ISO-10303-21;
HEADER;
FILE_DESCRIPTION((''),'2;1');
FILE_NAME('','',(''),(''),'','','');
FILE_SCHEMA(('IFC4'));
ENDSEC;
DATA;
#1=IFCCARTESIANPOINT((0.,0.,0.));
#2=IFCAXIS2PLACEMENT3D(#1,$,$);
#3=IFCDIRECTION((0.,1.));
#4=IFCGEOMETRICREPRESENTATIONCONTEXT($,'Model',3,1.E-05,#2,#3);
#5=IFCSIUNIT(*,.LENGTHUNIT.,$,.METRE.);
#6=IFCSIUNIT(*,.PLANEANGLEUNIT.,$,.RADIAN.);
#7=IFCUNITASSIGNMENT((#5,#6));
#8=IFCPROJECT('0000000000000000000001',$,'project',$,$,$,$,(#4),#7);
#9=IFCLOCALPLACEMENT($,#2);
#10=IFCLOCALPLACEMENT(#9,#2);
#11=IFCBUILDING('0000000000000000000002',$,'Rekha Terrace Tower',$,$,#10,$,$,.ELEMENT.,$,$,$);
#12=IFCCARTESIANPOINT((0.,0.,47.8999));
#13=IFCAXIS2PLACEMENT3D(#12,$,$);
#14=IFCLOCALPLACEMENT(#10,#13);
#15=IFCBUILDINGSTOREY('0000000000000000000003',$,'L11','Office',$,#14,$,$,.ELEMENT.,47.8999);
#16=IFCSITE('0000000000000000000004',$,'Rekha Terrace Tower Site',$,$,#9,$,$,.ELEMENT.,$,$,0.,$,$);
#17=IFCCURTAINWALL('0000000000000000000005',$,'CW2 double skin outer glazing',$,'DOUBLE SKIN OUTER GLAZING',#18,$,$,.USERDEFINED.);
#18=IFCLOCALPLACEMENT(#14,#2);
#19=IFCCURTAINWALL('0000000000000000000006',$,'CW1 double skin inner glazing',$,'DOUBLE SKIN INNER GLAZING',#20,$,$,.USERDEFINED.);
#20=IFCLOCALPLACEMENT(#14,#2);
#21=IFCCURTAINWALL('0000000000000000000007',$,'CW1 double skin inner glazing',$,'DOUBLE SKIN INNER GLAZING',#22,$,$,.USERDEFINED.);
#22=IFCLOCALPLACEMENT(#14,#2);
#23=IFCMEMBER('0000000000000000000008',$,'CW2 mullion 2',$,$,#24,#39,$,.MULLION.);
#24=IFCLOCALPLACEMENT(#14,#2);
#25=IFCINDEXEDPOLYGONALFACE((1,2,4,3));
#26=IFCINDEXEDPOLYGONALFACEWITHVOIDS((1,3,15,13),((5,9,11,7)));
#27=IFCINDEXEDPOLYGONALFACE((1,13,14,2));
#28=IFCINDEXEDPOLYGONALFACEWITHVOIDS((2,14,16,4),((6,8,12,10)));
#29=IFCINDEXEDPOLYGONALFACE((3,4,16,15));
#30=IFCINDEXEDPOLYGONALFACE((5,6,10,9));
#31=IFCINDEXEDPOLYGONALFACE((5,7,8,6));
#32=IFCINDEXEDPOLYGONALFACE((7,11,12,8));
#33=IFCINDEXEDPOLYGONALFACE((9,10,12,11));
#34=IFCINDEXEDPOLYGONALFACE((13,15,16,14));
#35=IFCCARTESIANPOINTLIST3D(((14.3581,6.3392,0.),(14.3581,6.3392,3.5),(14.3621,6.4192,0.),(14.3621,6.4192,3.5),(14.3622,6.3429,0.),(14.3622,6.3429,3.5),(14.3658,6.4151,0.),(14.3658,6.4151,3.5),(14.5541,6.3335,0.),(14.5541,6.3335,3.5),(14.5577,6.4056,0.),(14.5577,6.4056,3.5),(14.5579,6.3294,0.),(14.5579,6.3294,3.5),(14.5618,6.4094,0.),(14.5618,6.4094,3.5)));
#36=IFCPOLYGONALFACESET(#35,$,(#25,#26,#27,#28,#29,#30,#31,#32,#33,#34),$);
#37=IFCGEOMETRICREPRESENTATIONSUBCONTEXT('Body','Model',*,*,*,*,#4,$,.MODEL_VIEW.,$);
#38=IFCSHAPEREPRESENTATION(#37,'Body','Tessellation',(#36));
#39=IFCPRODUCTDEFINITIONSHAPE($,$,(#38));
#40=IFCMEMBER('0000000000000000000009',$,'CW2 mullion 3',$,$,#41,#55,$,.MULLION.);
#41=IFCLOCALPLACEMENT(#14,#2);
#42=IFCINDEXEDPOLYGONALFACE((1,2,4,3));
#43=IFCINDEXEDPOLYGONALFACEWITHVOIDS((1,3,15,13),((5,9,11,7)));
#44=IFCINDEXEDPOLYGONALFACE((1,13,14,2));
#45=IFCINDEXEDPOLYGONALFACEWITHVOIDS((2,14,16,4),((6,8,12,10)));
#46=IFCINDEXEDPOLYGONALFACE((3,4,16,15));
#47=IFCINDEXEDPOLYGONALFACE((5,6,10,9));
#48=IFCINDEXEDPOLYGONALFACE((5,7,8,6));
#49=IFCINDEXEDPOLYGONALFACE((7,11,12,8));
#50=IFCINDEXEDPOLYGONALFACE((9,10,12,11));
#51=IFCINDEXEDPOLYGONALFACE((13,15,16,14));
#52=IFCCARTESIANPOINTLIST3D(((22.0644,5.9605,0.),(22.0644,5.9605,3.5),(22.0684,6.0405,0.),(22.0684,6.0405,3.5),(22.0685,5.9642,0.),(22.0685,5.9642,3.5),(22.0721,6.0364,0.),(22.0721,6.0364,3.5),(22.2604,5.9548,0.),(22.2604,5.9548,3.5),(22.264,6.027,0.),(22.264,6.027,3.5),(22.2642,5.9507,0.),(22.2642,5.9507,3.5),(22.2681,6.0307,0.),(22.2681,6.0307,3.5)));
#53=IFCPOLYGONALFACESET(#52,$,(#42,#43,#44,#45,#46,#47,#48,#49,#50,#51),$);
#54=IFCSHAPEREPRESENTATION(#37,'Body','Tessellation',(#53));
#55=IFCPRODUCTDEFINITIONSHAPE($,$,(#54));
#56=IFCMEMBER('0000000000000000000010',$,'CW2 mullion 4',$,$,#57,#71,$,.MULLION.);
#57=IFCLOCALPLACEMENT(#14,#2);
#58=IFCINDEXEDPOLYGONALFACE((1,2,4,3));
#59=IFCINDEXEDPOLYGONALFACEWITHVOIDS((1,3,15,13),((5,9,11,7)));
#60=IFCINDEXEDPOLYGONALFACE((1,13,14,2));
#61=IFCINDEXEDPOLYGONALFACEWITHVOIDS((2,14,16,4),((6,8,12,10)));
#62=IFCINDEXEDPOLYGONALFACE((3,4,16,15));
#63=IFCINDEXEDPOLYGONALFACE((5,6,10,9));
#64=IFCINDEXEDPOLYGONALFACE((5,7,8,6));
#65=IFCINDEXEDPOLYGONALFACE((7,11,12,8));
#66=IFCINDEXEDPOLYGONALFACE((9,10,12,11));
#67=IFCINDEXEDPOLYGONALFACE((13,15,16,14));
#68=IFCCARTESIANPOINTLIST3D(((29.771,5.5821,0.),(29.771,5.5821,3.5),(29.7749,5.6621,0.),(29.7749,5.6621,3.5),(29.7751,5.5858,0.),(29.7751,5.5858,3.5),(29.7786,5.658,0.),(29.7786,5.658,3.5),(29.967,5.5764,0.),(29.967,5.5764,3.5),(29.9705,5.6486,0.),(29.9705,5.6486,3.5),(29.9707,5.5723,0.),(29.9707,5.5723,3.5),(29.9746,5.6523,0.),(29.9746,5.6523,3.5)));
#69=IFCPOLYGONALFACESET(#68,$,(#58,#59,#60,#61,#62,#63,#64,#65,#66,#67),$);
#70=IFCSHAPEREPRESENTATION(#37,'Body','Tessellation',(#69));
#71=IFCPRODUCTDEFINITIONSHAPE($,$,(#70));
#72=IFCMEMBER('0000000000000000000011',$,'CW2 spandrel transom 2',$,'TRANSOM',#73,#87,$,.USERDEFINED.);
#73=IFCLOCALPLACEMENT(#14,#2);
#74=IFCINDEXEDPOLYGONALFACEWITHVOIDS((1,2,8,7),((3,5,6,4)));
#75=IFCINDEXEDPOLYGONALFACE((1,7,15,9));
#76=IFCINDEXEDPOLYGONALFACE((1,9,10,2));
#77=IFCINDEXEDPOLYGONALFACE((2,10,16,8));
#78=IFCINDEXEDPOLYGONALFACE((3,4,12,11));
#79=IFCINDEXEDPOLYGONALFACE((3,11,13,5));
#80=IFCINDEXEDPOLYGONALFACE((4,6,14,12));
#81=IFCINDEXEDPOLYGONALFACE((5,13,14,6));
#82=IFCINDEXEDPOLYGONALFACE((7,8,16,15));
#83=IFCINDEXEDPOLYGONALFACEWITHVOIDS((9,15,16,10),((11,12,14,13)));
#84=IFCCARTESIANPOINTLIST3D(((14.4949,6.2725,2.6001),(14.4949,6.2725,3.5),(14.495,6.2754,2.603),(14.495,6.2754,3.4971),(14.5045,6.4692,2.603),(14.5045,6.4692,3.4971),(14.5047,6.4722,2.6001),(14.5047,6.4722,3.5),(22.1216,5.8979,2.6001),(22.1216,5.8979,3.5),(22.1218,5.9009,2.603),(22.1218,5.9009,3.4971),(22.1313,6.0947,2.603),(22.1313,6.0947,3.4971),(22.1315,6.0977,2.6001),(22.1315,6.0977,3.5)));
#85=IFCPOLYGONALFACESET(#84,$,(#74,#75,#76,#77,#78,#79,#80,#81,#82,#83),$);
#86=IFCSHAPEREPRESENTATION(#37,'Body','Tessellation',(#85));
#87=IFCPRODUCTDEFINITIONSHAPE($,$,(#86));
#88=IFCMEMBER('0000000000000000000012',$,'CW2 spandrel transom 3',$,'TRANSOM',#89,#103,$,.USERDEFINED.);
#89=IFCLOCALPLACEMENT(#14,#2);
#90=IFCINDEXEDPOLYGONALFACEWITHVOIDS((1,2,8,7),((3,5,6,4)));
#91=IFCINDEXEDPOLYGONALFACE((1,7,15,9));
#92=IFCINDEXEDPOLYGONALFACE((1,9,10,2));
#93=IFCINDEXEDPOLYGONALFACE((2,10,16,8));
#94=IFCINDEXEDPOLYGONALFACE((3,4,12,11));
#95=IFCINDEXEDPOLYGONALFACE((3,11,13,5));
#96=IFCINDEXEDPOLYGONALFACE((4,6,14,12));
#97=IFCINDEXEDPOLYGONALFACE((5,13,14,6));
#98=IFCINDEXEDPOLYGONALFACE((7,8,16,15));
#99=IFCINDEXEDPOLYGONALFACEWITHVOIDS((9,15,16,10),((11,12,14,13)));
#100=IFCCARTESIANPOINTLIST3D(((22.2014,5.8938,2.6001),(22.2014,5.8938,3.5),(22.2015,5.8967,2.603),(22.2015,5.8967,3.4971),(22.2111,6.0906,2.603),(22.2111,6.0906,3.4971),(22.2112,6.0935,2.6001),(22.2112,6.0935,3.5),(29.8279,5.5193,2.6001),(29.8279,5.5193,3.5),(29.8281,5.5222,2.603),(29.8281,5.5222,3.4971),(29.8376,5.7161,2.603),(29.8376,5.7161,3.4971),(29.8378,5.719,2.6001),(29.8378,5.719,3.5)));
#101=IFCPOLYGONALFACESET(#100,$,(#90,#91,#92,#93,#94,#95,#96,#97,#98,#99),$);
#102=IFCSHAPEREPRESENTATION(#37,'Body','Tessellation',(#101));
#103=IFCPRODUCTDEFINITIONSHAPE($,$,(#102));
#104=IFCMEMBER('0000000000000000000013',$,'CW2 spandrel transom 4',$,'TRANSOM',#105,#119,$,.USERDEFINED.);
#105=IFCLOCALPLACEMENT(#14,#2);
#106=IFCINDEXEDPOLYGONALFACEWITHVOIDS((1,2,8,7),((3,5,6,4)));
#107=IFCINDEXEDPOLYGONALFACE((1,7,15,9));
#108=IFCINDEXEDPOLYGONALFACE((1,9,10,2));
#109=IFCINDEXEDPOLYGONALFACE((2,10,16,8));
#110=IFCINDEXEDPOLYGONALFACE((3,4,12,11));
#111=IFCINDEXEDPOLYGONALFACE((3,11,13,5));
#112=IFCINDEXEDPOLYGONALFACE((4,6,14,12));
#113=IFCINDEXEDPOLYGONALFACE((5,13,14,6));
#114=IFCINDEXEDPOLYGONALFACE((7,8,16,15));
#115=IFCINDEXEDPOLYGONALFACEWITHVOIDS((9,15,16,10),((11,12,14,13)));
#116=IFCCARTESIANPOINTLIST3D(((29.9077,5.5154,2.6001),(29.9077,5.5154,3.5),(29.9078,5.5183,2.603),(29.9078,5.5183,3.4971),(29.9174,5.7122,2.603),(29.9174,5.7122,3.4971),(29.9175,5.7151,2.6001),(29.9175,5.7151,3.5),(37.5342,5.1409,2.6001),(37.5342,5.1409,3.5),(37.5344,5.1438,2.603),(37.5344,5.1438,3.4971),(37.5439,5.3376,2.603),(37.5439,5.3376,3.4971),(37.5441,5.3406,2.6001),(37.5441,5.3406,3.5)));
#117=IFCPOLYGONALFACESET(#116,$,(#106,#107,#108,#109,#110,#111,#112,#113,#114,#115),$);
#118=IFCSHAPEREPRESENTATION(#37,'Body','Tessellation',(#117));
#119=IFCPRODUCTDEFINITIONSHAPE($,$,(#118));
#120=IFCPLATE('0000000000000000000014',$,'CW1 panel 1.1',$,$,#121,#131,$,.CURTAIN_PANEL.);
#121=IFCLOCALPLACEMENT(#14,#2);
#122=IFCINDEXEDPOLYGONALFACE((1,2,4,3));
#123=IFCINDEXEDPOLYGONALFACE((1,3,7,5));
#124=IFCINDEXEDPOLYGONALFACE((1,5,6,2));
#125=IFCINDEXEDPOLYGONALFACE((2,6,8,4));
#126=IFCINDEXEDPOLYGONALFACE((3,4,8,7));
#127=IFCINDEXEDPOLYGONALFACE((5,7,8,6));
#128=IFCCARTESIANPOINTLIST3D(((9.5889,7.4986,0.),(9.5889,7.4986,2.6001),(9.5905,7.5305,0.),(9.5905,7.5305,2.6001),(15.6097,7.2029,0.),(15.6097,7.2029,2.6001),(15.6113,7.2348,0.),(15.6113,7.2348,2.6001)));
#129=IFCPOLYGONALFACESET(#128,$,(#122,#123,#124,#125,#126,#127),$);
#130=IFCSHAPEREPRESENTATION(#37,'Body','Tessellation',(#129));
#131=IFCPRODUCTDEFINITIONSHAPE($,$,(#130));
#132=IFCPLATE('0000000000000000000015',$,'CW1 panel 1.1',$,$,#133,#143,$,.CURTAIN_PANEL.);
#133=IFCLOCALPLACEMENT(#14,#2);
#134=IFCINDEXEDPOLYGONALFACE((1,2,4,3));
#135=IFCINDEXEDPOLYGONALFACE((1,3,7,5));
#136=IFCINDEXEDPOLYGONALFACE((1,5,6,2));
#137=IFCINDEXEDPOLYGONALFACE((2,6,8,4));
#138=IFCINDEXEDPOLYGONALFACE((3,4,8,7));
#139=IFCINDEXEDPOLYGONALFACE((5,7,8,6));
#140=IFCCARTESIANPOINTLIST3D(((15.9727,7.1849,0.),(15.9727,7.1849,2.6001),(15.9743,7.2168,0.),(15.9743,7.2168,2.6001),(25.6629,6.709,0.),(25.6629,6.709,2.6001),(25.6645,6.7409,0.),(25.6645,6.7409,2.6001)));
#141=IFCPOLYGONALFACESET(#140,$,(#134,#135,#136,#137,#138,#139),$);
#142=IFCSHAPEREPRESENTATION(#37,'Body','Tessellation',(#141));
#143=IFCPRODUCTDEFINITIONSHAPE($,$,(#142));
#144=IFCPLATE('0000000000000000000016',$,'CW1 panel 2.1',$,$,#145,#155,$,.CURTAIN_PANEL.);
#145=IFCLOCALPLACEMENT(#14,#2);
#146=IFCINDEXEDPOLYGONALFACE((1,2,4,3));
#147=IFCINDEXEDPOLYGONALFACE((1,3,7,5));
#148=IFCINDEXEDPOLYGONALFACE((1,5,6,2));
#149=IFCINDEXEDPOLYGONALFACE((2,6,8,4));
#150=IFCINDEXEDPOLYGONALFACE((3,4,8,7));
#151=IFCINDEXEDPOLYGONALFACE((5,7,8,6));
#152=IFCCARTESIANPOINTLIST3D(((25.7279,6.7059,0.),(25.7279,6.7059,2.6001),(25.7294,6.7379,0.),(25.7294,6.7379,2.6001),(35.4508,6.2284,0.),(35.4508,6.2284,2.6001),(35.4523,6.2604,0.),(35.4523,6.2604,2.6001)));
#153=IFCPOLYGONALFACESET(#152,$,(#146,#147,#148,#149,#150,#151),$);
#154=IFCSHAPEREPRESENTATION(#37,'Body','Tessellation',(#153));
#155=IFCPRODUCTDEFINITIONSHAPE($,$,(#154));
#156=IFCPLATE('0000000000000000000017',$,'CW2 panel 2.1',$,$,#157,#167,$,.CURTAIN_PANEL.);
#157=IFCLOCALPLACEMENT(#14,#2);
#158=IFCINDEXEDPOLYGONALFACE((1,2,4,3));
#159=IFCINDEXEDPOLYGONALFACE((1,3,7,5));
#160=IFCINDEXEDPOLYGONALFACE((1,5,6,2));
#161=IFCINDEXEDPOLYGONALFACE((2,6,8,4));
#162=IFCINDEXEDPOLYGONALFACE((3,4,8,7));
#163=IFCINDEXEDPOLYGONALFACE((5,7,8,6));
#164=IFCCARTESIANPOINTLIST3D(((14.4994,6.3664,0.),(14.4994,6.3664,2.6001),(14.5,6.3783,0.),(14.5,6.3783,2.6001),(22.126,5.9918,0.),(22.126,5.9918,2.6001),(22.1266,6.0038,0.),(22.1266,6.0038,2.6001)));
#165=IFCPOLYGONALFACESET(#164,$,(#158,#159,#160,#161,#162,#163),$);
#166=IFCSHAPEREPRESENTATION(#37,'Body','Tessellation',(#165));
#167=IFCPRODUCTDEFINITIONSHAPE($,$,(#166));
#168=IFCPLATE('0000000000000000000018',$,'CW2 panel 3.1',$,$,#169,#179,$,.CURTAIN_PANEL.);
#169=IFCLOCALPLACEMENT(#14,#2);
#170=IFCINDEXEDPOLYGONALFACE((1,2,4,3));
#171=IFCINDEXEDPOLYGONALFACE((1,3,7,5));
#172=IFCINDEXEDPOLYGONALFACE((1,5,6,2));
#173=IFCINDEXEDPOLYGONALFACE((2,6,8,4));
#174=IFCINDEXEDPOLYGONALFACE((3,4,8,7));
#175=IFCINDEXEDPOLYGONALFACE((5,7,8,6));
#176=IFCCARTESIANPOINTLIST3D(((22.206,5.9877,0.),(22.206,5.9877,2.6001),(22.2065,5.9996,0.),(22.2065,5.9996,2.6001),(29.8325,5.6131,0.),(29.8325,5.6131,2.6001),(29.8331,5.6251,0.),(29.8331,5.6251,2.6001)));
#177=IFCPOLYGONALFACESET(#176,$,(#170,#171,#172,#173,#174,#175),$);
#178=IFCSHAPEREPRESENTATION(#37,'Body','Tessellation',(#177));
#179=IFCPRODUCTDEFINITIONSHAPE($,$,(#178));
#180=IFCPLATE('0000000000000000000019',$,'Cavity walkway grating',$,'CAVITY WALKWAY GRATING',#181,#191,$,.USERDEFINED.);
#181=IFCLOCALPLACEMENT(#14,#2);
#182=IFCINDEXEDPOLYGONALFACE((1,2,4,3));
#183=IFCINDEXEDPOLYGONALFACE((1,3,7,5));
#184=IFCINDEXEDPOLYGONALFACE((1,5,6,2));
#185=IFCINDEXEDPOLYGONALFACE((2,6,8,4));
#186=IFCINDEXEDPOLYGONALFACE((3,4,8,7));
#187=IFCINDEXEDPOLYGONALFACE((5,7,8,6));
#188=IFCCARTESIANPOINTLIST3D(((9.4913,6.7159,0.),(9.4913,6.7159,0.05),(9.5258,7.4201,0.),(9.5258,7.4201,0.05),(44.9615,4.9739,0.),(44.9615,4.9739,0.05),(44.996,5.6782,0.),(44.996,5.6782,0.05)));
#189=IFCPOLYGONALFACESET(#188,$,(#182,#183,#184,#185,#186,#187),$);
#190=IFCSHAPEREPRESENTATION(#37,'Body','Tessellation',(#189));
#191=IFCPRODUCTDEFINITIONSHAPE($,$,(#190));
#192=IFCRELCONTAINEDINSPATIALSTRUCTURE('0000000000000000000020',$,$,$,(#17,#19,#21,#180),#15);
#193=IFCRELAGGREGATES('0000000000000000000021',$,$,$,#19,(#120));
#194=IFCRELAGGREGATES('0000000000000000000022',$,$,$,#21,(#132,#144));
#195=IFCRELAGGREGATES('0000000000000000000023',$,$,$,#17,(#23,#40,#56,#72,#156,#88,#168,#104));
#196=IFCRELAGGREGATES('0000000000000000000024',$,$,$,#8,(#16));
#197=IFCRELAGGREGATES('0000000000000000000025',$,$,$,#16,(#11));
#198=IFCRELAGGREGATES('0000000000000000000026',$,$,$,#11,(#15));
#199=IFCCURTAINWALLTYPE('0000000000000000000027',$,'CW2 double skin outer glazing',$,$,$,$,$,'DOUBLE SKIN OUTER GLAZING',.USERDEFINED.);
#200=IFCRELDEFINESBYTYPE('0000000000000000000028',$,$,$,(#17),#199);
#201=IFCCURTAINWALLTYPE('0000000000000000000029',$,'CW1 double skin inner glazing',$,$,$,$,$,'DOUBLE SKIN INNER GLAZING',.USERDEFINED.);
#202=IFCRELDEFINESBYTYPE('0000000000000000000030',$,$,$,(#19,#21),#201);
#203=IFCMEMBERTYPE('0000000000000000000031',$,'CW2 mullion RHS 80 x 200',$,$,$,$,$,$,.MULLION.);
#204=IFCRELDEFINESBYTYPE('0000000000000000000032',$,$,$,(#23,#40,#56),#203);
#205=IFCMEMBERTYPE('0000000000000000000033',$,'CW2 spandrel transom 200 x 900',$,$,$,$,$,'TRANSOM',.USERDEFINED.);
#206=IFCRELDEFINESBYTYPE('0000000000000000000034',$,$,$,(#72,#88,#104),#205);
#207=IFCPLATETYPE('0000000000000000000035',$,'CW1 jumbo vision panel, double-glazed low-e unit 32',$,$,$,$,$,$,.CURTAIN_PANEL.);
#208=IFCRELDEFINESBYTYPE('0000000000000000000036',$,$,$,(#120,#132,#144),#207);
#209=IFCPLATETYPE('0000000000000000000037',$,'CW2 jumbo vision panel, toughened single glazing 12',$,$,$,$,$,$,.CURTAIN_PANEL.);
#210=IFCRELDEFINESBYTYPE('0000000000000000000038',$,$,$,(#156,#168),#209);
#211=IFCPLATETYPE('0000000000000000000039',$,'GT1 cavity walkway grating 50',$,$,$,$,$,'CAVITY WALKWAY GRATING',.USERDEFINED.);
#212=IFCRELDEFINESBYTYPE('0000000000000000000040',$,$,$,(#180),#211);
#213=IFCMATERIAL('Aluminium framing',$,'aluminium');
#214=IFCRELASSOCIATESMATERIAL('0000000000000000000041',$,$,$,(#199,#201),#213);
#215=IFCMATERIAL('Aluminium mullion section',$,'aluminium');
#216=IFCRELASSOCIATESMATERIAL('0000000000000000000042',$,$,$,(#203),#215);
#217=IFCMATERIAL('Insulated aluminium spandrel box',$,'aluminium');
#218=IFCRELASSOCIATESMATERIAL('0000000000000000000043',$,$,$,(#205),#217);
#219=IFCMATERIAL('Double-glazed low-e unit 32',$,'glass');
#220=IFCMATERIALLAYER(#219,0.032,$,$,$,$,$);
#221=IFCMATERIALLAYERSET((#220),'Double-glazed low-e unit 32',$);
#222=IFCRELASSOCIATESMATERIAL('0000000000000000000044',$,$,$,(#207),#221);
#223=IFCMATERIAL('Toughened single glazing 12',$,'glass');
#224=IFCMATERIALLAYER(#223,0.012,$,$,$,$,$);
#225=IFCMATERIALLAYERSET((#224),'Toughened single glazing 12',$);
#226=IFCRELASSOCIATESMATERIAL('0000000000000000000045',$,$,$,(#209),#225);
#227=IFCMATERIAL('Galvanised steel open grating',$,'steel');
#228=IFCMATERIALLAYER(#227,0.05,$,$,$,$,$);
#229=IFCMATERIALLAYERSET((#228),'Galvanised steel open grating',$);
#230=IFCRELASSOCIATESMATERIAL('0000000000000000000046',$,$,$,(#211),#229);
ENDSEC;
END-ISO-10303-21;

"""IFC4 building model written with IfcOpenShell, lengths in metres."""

from ifc_helpers import new_model, si_unit, direction, frame, origin, origin_2d, place, context, subcontext, project, spatial, rectangle, hollow_rectangle, extrude, material, layer, layer_set, material_profile, profile_set, type_object, element, aggregate, save


model = new_model("IFC4")

# Units and contexts
model_context = context("Model", 3, precision=1e-05, world=origin(), true_north=direction((0.0, 1.0)))
body_context = subcontext(model_context, "Body", "Model", "MODEL_VIEW")
ifc_project = project(units=[si_unit("LENGTHUNIT", "METRE"), si_unit("PLANEANGLEUNIT", "RADIAN")], contexts=[model_context])

# Site, building, storey
site_placement = place(None, origin())
site = spatial("IfcSite", under=ifc_project, at=site_placement, Name="Rekha Terrace Tower Site", CompositionType="ELEMENT", RefElevation=0.0)
building_placement = place(site_placement, origin())
building = spatial("IfcBuilding", under=site, at=building_placement, Name="Rekha Terrace Tower", CompositionType="ELEMENT")
storey_placement = place(building_placement, frame((0.0, 0.0, 47.8999)))
storey = spatial("IfcBuildingStorey", under=building, at=storey_placement, Name="L11", Description="Office", CompositionType="ELEMENT", Elevation=47.8999)

# Curtain wall
ifc_material_1 = material(Name="Aluminium framing", Category="aluminium")
curtain_wall_type_1 = type_object("IfcCurtainWallType", Name="CW2 double skin outer glazing", ElementType="DOUBLE SKIN OUTER GLAZING", PredefinedType="USERDEFINED", material=ifc_material_1)
curtain_wall_1_placement = place(storey_placement, origin())
curtain_wall_1 = element("IfcCurtainWall", 1, at=curtain_wall_1_placement, inside=storey, type_object=curtain_wall_type_1, Name="CW2 double skin outer glazing", ObjectType="DOUBLE SKIN OUTER GLAZING", PredefinedType="USERDEFINED")

# Curtain wall
curtain_wall_type_2 = type_object("IfcCurtainWallType", Name="CW1 double skin inner glazing", ElementType="DOUBLE SKIN INNER GLAZING", PredefinedType="USERDEFINED", material=ifc_material_1)
curtain_wall_2_placement = place(storey_placement, origin())
curtain_wall_2 = element("IfcCurtainWall", 2, at=curtain_wall_2_placement, inside=storey, type_object=curtain_wall_type_2, Name="CW1 double skin inner glazing", ObjectType="DOUBLE SKIN INNER GLAZING", PredefinedType="USERDEFINED")
ifc_material_2 = material(Name="Aluminium mullion section", Category="aluminium")

# Curtain wall
curtain_wall_3_placement = place(storey_placement, origin())
curtain_wall_3 = element("IfcCurtainWall", 3, at=curtain_wall_3_placement, inside=storey, type_object=curtain_wall_type_2, Name="CW1 double skin inner glazing", ObjectType="DOUBLE SKIN INNER GLAZING", PredefinedType="USERDEFINED")
ifc_material_3 = material(Name="Insulated aluminium spandrel box", Category="aluminium")

# Members
ifc_material_profile_1 = material_profile(ifc_material_2, hollow_rectangle(XDim=0.0801, YDim=0.2, WallThickness=0.0039, at=origin_2d()), Name="AL RHS 80x200")
ifc_profile_set_1 = profile_set([ifc_material_profile_1], Name="Aluminium mullion section")
member_type_1 = type_object("IfcMemberType", Name="CW2 mullion RHS 80 x 200", PredefinedType="MULLION", material=ifc_profile_set_1)
member_1_placement = place(storey_placement, frame((14.46, 6.3743, 0.0), z_axis=(0.0, 0.0, 1.0), x_axis=(0.049052, 0.998796, 0.0)))
member_1 = element("IfcMember", 4, at=member_1_placement, type_object=member_type_1, Name="CW2 mullion 2", PredefinedType="MULLION", context=body_context, shape_type="SweptSolid", body=[
    extrude(hollow_rectangle(XDim=0.0801, YDim=0.2, WallThickness=0.0039, at=origin_2d()), origin(), (0.0, 0.0, 1.0), 3.5),
])
member_2_placement = place(storey_placement, frame((22.1663, 5.9956, 0.0), z_axis=(0.0, 0.0, 1.0), x_axis=(0.049052, 0.998796, 0.0)))
member_2 = element("IfcMember", 5, at=member_2_placement, type_object=member_type_1, Name="CW2 mullion 3", PredefinedType="MULLION", context=body_context, shape_type="SweptSolid", body=[
    extrude(hollow_rectangle(XDim=0.0801, YDim=0.2, WallThickness=0.0039, at=origin_2d()), origin(), (0.0, 0.0, 1.0), 3.5),
])
member_3_placement = place(storey_placement, frame((29.8728, 5.6172, 0.0), z_axis=(0.0, 0.0, 1.0), x_axis=(0.049052, 0.998796, 0.0)))
member_3 = element("IfcMember", 6, at=member_3_placement, type_object=member_type_1, Name="CW2 mullion 4", PredefinedType="MULLION", context=body_context, shape_type="SweptSolid", body=[
    extrude(hollow_rectangle(XDim=0.0801, YDim=0.2, WallThickness=0.0039, at=origin_2d()), origin(), (0.0, 0.0, 1.0), 3.5),
])
ifc_material_profile_2 = material_profile(ifc_material_3, hollow_rectangle(XDim=0.2, YDim=0.8999, WallThickness=0.0029, at=origin_2d()), Name="AL SPANDREL BOX 200x900")
ifc_profile_set_2 = profile_set([ifc_material_profile_2], Name="Insulated aluminium spandrel box")
member_type_2 = type_object("IfcMemberType", Name="CW2 spandrel transom 200 x 900", ElementType="TRANSOM", PredefinedType="USERDEFINED", material=ifc_profile_set_2)
member_4_placement = place(storey_placement, frame((14.4998, 6.3723, 3.05), z_axis=(0.998797, -0.049046, 0.0), x_axis=(0.049046, 0.998797, 0.0)))
member_4 = element("IfcMember", 7, at=member_4_placement, type_object=member_type_2, Name="CW2 spandrel transom 2", ObjectType="TRANSOM", PredefinedType="USERDEFINED", context=body_context, shape_type="SweptSolid", body=[
    extrude(hollow_rectangle(XDim=0.2, YDim=0.8999, WallThickness=0.0029, at=origin_2d()), origin(), (0.0, 0.0, 1.0), 7.636),
])
member_5_placement = place(storey_placement, frame((22.2063, 5.9937, 3.05), z_axis=(0.998796, -0.049048, 0.0), x_axis=(0.049048, 0.998796, 0.0)))
member_5 = element("IfcMember", 8, at=member_5_placement, type_object=member_type_2, Name="CW2 spandrel transom 3", ObjectType="TRANSOM", PredefinedType="USERDEFINED", context=body_context, shape_type="SweptSolid", body=[
    extrude(hollow_rectangle(XDim=0.2, YDim=0.8999, WallThickness=0.0029, at=origin_2d()), origin(), (0.0, 0.0, 1.0), 7.6357),
])
member_6_placement = place(storey_placement, frame((29.9126, 5.6152, 3.05), z_axis=(0.998796, -0.049048, 0.0), x_axis=(0.049048, 0.998796, 0.0)))
member_6 = element("IfcMember", 9, at=member_6_placement, type_object=member_type_2, Name="CW2 spandrel transom 4", ObjectType="TRANSOM", PredefinedType="USERDEFINED", context=body_context, shape_type="SweptSolid", body=[
    extrude(hollow_rectangle(XDim=0.2, YDim=0.8999, WallThickness=0.0029, at=origin_2d()), origin(), (0.0, 0.0, 1.0), 7.6357),
])

# Plates
ifc_material_4 = material(Name="Double-glazed low-e unit 32", Category="glass")
ifc_layer_1 = layer(ifc_material_4, 0.032)
ifc_layer_set_1 = layer_set([ifc_layer_1], Name="Double-glazed low-e unit 32")
plate_type_1 = type_object("IfcPlateType", Name="CW1 jumbo vision panel, double-glazed low-e unit 32", PredefinedType="CURTAIN_PANEL", material=ifc_layer_set_1)
plate_1_placement = place(storey_placement, frame((12.6001, 7.3667, 0.0), z_axis=(0.0, 0.0, 1.0), x_axis=(0.998796, -0.049052, 0.0)))
plate_1 = element("IfcPlate", 10, at=plate_1_placement, type_object=plate_type_1, Name="CW1 panel 1.1", PredefinedType="CURTAIN_PANEL", context=body_context, shape_type="SweptSolid", body=[
    extrude(rectangle(XDim=6.0281, YDim=0.032, at=origin_2d()), origin(), (0.0, 0.0, 1.0), 2.6001),
])
aggregate(curtain_wall_2, [plate_1])
plate_2_placement = place(storey_placement, frame((20.8186, 6.9629, 0.0), z_axis=(0.0, 0.0, 1.0), x_axis=(0.998796, -0.049052, 0.0)))
plate_2 = element("IfcPlate", 11, at=plate_2_placement, type_object=plate_type_1, Name="CW1 panel 1.1", PredefinedType="CURTAIN_PANEL", context=body_context, shape_type="SweptSolid", body=[
    extrude(rectangle(XDim=9.7019, YDim=0.032, at=origin_2d()), origin(), (0.0, 0.0, 1.0), 2.6001),
])
plate_3_placement = place(storey_placement, frame((30.5901, 6.4832, 0.0), z_axis=(0.0, 0.0, 1.0), x_axis=(0.998796, -0.049052, 0.0)))
plate_3 = element("IfcPlate", 12, at=plate_3_placement, type_object=plate_type_1, Name="CW1 panel 2.1", PredefinedType="CURTAIN_PANEL", context=body_context, shape_type="SweptSolid", body=[
    extrude(rectangle(XDim=9.7346, YDim=0.032, at=origin_2d()), origin(), (0.0, 0.0, 1.0), 2.6001),
])
aggregate(curtain_wall_3, [plate_2, plate_3])
ifc_material_5 = material(Name="Toughened single glazing 12", Category="glass")
ifc_layer_2 = layer(ifc_material_5, 0.012)
ifc_layer_set_2 = layer_set([ifc_layer_2], Name="Toughened single glazing 12")
plate_type_2 = type_object("IfcPlateType", Name="CW2 jumbo vision panel, toughened single glazing 12", PredefinedType="CURTAIN_PANEL", material=ifc_layer_set_2)
plate_4_placement = place(storey_placement, frame((18.313, 6.1851, 0.0), z_axis=(0.0, 0.0, 1.0), x_axis=(0.998796, -0.049052, 0.0)))
plate_4 = element("IfcPlate", 13, at=plate_4_placement, type_object=plate_type_2, Name="CW2 panel 2.1", PredefinedType="CURTAIN_PANEL", context=body_context, shape_type="SweptSolid", body=[
    extrude(rectangle(XDim=7.6357, YDim=0.012, at=origin_2d()), origin(), (0.0, 0.0, 1.0), 2.6001),
])
plate_5_placement = place(storey_placement, frame((26.0195, 5.8064, 0.0), z_axis=(0.0, 0.0, 1.0), x_axis=(0.998796, -0.049052, 0.0)))
plate_5 = element("IfcPlate", 14, at=plate_5_placement, type_object=plate_type_2, Name="CW2 panel 3.1", PredefinedType="CURTAIN_PANEL", context=body_context, shape_type="SweptSolid", body=[
    extrude(rectangle(XDim=7.6357, YDim=0.012, at=origin_2d()), origin(), (0.0, 0.0, 1.0), 2.6001),
])
aggregate(curtain_wall_1, [member_1, member_2, member_3, member_4, plate_4, member_5, plate_5, member_6])
ifc_material_6 = material(Name="Galvanised steel open grating", Category="steel")
ifc_layer_3 = layer(ifc_material_6, 0.05)
ifc_layer_set_3 = layer_set([ifc_layer_3], Name="Galvanised steel open grating")
plate_type_3 = type_object("IfcPlateType", Name="GT1 cavity walkway grating 50", ElementType="CAVITY WALKWAY GRATING", PredefinedType="USERDEFINED", material=ifc_layer_set_3)
plate_6_placement = place(storey_placement, frame((27.2437, 6.197, 0.0), z_axis=(0.0, 0.0, 1.0), x_axis=(0.998796, -0.049052, 0.0)))
element("IfcPlate", 15, at=plate_6_placement, inside=storey, type_object=plate_type_3, Name="Cavity walkway grating", ObjectType="CAVITY WALKWAY GRATING", PredefinedType="USERDEFINED", context=body_context, shape_type="SweptSolid", body=[
    extrude(rectangle(XDim=35.5129, YDim=0.7051, at=origin_2d()), origin(), (0.0, 0.0, 1.0), 0.05),
])

save(model, "model.ifc")
